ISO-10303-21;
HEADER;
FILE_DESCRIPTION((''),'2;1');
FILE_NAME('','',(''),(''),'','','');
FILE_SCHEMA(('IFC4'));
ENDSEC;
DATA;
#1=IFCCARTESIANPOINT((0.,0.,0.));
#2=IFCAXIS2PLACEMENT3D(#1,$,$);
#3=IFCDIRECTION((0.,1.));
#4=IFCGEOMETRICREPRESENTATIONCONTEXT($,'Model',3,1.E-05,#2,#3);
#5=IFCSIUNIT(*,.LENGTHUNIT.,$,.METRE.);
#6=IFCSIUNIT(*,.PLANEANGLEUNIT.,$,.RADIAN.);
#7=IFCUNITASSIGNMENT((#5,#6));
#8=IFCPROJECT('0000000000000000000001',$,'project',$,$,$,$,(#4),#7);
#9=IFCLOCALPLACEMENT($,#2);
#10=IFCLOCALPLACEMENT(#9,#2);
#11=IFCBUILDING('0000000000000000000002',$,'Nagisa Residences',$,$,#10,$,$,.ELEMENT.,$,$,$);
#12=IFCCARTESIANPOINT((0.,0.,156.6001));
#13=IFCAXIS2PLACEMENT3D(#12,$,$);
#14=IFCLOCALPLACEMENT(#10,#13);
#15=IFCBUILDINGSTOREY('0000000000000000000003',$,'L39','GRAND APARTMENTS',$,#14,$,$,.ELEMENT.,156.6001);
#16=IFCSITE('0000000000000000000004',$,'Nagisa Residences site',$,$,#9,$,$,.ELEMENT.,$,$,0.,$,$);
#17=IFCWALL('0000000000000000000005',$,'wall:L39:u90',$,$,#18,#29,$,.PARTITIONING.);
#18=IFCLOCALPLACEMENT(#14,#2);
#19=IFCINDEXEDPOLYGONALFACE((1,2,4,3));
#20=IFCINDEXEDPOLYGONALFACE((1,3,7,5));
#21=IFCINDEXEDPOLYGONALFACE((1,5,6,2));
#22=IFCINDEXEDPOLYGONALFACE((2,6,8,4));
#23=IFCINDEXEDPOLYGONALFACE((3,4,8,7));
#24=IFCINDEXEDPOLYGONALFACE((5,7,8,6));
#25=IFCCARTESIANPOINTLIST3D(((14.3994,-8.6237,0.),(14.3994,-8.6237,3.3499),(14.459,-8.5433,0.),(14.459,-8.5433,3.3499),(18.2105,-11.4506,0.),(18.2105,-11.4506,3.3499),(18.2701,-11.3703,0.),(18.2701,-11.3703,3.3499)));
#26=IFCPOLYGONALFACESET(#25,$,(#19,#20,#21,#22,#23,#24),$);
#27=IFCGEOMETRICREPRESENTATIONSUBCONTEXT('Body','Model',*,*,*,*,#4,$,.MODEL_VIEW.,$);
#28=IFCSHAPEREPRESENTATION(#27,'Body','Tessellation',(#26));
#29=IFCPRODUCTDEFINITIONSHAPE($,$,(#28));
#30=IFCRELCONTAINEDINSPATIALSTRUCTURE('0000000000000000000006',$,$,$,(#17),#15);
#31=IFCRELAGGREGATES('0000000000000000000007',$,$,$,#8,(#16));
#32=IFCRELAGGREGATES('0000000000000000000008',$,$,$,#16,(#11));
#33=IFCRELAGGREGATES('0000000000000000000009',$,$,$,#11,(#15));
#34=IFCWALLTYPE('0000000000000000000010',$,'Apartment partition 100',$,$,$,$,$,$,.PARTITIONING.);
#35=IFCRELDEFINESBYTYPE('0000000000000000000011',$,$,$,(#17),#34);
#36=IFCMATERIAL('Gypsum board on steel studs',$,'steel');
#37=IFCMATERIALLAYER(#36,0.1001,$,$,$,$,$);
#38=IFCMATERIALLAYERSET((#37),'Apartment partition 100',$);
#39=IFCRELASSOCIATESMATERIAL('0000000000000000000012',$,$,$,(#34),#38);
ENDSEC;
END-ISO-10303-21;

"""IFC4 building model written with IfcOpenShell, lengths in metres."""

from ifc_helpers import new_model, si_unit, direction, frame, frame_2d, origin, place, context, subcontext, project, spatial, rectangle, extrude, material, layer, layer_set, type_object, element, save


model = new_model("IFC4")

# Units and contexts
model_context = context("Model", 3, precision=1e-05, world=origin(), true_north=direction((0.0, 1.0)))
body_context = subcontext(model_context, "Body", "Model", "MODEL_VIEW")
ifc_project = project(units=[si_unit("LENGTHUNIT", "METRE"), si_unit("PLANEANGLEUNIT", "RADIAN")], contexts=[model_context])

# Site, building, storey
site_placement = place(None, origin())
site = spatial("IfcSite", under=ifc_project, at=site_placement, Name="Nagisa Residences site", CompositionType="ELEMENT", RefElevation=0.0)
building_placement = place(site_placement, origin())
building = spatial("IfcBuilding", under=site, at=building_placement, Name="Nagisa Residences", CompositionType="ELEMENT")
storey_placement = place(building_placement, frame((0.0, 0.0, 156.6001)))
storey = spatial("IfcBuildingStorey", under=building, at=storey_placement, Name="L39", Description="GRAND APARTMENTS", CompositionType="ELEMENT", Elevation=156.6001)

# Shared definitions
ifc_material_1 = material(Name="Gypsum board on steel studs", Category="steel")
ifc_layer_1 = layer(ifc_material_1, 0.1001)
ifc_layer_set_1 = layer_set([ifc_layer_1], Name="Apartment partition 100")
wall_type_1 = type_object("IfcWallType", Name="Apartment partition 100", PredefinedType="PARTITIONING", material=ifc_layer_set_1)

# Wall
wall_1_placement = place(storey_placement, frame((14.4292, -8.5835, 0.0), z_axis=(0.0, 0.0, 1.0), x_axis=(0.803162, -0.59576, 0.0)))
element("IfcWall", 1, at=wall_1_placement, inside=storey, type_object=wall_type_1, Name="wall:L39:u90", PredefinedType="PARTITIONING", context=body_context, shape_type="SweptSolid", body=[
    extrude(rectangle(XDim=4.7451, YDim=0.1001, at=frame_2d((2.3726, 0.0))), origin(), (0.0, 0.0, 1.0), 3.3499),
])

save(model, "model.ifc")
